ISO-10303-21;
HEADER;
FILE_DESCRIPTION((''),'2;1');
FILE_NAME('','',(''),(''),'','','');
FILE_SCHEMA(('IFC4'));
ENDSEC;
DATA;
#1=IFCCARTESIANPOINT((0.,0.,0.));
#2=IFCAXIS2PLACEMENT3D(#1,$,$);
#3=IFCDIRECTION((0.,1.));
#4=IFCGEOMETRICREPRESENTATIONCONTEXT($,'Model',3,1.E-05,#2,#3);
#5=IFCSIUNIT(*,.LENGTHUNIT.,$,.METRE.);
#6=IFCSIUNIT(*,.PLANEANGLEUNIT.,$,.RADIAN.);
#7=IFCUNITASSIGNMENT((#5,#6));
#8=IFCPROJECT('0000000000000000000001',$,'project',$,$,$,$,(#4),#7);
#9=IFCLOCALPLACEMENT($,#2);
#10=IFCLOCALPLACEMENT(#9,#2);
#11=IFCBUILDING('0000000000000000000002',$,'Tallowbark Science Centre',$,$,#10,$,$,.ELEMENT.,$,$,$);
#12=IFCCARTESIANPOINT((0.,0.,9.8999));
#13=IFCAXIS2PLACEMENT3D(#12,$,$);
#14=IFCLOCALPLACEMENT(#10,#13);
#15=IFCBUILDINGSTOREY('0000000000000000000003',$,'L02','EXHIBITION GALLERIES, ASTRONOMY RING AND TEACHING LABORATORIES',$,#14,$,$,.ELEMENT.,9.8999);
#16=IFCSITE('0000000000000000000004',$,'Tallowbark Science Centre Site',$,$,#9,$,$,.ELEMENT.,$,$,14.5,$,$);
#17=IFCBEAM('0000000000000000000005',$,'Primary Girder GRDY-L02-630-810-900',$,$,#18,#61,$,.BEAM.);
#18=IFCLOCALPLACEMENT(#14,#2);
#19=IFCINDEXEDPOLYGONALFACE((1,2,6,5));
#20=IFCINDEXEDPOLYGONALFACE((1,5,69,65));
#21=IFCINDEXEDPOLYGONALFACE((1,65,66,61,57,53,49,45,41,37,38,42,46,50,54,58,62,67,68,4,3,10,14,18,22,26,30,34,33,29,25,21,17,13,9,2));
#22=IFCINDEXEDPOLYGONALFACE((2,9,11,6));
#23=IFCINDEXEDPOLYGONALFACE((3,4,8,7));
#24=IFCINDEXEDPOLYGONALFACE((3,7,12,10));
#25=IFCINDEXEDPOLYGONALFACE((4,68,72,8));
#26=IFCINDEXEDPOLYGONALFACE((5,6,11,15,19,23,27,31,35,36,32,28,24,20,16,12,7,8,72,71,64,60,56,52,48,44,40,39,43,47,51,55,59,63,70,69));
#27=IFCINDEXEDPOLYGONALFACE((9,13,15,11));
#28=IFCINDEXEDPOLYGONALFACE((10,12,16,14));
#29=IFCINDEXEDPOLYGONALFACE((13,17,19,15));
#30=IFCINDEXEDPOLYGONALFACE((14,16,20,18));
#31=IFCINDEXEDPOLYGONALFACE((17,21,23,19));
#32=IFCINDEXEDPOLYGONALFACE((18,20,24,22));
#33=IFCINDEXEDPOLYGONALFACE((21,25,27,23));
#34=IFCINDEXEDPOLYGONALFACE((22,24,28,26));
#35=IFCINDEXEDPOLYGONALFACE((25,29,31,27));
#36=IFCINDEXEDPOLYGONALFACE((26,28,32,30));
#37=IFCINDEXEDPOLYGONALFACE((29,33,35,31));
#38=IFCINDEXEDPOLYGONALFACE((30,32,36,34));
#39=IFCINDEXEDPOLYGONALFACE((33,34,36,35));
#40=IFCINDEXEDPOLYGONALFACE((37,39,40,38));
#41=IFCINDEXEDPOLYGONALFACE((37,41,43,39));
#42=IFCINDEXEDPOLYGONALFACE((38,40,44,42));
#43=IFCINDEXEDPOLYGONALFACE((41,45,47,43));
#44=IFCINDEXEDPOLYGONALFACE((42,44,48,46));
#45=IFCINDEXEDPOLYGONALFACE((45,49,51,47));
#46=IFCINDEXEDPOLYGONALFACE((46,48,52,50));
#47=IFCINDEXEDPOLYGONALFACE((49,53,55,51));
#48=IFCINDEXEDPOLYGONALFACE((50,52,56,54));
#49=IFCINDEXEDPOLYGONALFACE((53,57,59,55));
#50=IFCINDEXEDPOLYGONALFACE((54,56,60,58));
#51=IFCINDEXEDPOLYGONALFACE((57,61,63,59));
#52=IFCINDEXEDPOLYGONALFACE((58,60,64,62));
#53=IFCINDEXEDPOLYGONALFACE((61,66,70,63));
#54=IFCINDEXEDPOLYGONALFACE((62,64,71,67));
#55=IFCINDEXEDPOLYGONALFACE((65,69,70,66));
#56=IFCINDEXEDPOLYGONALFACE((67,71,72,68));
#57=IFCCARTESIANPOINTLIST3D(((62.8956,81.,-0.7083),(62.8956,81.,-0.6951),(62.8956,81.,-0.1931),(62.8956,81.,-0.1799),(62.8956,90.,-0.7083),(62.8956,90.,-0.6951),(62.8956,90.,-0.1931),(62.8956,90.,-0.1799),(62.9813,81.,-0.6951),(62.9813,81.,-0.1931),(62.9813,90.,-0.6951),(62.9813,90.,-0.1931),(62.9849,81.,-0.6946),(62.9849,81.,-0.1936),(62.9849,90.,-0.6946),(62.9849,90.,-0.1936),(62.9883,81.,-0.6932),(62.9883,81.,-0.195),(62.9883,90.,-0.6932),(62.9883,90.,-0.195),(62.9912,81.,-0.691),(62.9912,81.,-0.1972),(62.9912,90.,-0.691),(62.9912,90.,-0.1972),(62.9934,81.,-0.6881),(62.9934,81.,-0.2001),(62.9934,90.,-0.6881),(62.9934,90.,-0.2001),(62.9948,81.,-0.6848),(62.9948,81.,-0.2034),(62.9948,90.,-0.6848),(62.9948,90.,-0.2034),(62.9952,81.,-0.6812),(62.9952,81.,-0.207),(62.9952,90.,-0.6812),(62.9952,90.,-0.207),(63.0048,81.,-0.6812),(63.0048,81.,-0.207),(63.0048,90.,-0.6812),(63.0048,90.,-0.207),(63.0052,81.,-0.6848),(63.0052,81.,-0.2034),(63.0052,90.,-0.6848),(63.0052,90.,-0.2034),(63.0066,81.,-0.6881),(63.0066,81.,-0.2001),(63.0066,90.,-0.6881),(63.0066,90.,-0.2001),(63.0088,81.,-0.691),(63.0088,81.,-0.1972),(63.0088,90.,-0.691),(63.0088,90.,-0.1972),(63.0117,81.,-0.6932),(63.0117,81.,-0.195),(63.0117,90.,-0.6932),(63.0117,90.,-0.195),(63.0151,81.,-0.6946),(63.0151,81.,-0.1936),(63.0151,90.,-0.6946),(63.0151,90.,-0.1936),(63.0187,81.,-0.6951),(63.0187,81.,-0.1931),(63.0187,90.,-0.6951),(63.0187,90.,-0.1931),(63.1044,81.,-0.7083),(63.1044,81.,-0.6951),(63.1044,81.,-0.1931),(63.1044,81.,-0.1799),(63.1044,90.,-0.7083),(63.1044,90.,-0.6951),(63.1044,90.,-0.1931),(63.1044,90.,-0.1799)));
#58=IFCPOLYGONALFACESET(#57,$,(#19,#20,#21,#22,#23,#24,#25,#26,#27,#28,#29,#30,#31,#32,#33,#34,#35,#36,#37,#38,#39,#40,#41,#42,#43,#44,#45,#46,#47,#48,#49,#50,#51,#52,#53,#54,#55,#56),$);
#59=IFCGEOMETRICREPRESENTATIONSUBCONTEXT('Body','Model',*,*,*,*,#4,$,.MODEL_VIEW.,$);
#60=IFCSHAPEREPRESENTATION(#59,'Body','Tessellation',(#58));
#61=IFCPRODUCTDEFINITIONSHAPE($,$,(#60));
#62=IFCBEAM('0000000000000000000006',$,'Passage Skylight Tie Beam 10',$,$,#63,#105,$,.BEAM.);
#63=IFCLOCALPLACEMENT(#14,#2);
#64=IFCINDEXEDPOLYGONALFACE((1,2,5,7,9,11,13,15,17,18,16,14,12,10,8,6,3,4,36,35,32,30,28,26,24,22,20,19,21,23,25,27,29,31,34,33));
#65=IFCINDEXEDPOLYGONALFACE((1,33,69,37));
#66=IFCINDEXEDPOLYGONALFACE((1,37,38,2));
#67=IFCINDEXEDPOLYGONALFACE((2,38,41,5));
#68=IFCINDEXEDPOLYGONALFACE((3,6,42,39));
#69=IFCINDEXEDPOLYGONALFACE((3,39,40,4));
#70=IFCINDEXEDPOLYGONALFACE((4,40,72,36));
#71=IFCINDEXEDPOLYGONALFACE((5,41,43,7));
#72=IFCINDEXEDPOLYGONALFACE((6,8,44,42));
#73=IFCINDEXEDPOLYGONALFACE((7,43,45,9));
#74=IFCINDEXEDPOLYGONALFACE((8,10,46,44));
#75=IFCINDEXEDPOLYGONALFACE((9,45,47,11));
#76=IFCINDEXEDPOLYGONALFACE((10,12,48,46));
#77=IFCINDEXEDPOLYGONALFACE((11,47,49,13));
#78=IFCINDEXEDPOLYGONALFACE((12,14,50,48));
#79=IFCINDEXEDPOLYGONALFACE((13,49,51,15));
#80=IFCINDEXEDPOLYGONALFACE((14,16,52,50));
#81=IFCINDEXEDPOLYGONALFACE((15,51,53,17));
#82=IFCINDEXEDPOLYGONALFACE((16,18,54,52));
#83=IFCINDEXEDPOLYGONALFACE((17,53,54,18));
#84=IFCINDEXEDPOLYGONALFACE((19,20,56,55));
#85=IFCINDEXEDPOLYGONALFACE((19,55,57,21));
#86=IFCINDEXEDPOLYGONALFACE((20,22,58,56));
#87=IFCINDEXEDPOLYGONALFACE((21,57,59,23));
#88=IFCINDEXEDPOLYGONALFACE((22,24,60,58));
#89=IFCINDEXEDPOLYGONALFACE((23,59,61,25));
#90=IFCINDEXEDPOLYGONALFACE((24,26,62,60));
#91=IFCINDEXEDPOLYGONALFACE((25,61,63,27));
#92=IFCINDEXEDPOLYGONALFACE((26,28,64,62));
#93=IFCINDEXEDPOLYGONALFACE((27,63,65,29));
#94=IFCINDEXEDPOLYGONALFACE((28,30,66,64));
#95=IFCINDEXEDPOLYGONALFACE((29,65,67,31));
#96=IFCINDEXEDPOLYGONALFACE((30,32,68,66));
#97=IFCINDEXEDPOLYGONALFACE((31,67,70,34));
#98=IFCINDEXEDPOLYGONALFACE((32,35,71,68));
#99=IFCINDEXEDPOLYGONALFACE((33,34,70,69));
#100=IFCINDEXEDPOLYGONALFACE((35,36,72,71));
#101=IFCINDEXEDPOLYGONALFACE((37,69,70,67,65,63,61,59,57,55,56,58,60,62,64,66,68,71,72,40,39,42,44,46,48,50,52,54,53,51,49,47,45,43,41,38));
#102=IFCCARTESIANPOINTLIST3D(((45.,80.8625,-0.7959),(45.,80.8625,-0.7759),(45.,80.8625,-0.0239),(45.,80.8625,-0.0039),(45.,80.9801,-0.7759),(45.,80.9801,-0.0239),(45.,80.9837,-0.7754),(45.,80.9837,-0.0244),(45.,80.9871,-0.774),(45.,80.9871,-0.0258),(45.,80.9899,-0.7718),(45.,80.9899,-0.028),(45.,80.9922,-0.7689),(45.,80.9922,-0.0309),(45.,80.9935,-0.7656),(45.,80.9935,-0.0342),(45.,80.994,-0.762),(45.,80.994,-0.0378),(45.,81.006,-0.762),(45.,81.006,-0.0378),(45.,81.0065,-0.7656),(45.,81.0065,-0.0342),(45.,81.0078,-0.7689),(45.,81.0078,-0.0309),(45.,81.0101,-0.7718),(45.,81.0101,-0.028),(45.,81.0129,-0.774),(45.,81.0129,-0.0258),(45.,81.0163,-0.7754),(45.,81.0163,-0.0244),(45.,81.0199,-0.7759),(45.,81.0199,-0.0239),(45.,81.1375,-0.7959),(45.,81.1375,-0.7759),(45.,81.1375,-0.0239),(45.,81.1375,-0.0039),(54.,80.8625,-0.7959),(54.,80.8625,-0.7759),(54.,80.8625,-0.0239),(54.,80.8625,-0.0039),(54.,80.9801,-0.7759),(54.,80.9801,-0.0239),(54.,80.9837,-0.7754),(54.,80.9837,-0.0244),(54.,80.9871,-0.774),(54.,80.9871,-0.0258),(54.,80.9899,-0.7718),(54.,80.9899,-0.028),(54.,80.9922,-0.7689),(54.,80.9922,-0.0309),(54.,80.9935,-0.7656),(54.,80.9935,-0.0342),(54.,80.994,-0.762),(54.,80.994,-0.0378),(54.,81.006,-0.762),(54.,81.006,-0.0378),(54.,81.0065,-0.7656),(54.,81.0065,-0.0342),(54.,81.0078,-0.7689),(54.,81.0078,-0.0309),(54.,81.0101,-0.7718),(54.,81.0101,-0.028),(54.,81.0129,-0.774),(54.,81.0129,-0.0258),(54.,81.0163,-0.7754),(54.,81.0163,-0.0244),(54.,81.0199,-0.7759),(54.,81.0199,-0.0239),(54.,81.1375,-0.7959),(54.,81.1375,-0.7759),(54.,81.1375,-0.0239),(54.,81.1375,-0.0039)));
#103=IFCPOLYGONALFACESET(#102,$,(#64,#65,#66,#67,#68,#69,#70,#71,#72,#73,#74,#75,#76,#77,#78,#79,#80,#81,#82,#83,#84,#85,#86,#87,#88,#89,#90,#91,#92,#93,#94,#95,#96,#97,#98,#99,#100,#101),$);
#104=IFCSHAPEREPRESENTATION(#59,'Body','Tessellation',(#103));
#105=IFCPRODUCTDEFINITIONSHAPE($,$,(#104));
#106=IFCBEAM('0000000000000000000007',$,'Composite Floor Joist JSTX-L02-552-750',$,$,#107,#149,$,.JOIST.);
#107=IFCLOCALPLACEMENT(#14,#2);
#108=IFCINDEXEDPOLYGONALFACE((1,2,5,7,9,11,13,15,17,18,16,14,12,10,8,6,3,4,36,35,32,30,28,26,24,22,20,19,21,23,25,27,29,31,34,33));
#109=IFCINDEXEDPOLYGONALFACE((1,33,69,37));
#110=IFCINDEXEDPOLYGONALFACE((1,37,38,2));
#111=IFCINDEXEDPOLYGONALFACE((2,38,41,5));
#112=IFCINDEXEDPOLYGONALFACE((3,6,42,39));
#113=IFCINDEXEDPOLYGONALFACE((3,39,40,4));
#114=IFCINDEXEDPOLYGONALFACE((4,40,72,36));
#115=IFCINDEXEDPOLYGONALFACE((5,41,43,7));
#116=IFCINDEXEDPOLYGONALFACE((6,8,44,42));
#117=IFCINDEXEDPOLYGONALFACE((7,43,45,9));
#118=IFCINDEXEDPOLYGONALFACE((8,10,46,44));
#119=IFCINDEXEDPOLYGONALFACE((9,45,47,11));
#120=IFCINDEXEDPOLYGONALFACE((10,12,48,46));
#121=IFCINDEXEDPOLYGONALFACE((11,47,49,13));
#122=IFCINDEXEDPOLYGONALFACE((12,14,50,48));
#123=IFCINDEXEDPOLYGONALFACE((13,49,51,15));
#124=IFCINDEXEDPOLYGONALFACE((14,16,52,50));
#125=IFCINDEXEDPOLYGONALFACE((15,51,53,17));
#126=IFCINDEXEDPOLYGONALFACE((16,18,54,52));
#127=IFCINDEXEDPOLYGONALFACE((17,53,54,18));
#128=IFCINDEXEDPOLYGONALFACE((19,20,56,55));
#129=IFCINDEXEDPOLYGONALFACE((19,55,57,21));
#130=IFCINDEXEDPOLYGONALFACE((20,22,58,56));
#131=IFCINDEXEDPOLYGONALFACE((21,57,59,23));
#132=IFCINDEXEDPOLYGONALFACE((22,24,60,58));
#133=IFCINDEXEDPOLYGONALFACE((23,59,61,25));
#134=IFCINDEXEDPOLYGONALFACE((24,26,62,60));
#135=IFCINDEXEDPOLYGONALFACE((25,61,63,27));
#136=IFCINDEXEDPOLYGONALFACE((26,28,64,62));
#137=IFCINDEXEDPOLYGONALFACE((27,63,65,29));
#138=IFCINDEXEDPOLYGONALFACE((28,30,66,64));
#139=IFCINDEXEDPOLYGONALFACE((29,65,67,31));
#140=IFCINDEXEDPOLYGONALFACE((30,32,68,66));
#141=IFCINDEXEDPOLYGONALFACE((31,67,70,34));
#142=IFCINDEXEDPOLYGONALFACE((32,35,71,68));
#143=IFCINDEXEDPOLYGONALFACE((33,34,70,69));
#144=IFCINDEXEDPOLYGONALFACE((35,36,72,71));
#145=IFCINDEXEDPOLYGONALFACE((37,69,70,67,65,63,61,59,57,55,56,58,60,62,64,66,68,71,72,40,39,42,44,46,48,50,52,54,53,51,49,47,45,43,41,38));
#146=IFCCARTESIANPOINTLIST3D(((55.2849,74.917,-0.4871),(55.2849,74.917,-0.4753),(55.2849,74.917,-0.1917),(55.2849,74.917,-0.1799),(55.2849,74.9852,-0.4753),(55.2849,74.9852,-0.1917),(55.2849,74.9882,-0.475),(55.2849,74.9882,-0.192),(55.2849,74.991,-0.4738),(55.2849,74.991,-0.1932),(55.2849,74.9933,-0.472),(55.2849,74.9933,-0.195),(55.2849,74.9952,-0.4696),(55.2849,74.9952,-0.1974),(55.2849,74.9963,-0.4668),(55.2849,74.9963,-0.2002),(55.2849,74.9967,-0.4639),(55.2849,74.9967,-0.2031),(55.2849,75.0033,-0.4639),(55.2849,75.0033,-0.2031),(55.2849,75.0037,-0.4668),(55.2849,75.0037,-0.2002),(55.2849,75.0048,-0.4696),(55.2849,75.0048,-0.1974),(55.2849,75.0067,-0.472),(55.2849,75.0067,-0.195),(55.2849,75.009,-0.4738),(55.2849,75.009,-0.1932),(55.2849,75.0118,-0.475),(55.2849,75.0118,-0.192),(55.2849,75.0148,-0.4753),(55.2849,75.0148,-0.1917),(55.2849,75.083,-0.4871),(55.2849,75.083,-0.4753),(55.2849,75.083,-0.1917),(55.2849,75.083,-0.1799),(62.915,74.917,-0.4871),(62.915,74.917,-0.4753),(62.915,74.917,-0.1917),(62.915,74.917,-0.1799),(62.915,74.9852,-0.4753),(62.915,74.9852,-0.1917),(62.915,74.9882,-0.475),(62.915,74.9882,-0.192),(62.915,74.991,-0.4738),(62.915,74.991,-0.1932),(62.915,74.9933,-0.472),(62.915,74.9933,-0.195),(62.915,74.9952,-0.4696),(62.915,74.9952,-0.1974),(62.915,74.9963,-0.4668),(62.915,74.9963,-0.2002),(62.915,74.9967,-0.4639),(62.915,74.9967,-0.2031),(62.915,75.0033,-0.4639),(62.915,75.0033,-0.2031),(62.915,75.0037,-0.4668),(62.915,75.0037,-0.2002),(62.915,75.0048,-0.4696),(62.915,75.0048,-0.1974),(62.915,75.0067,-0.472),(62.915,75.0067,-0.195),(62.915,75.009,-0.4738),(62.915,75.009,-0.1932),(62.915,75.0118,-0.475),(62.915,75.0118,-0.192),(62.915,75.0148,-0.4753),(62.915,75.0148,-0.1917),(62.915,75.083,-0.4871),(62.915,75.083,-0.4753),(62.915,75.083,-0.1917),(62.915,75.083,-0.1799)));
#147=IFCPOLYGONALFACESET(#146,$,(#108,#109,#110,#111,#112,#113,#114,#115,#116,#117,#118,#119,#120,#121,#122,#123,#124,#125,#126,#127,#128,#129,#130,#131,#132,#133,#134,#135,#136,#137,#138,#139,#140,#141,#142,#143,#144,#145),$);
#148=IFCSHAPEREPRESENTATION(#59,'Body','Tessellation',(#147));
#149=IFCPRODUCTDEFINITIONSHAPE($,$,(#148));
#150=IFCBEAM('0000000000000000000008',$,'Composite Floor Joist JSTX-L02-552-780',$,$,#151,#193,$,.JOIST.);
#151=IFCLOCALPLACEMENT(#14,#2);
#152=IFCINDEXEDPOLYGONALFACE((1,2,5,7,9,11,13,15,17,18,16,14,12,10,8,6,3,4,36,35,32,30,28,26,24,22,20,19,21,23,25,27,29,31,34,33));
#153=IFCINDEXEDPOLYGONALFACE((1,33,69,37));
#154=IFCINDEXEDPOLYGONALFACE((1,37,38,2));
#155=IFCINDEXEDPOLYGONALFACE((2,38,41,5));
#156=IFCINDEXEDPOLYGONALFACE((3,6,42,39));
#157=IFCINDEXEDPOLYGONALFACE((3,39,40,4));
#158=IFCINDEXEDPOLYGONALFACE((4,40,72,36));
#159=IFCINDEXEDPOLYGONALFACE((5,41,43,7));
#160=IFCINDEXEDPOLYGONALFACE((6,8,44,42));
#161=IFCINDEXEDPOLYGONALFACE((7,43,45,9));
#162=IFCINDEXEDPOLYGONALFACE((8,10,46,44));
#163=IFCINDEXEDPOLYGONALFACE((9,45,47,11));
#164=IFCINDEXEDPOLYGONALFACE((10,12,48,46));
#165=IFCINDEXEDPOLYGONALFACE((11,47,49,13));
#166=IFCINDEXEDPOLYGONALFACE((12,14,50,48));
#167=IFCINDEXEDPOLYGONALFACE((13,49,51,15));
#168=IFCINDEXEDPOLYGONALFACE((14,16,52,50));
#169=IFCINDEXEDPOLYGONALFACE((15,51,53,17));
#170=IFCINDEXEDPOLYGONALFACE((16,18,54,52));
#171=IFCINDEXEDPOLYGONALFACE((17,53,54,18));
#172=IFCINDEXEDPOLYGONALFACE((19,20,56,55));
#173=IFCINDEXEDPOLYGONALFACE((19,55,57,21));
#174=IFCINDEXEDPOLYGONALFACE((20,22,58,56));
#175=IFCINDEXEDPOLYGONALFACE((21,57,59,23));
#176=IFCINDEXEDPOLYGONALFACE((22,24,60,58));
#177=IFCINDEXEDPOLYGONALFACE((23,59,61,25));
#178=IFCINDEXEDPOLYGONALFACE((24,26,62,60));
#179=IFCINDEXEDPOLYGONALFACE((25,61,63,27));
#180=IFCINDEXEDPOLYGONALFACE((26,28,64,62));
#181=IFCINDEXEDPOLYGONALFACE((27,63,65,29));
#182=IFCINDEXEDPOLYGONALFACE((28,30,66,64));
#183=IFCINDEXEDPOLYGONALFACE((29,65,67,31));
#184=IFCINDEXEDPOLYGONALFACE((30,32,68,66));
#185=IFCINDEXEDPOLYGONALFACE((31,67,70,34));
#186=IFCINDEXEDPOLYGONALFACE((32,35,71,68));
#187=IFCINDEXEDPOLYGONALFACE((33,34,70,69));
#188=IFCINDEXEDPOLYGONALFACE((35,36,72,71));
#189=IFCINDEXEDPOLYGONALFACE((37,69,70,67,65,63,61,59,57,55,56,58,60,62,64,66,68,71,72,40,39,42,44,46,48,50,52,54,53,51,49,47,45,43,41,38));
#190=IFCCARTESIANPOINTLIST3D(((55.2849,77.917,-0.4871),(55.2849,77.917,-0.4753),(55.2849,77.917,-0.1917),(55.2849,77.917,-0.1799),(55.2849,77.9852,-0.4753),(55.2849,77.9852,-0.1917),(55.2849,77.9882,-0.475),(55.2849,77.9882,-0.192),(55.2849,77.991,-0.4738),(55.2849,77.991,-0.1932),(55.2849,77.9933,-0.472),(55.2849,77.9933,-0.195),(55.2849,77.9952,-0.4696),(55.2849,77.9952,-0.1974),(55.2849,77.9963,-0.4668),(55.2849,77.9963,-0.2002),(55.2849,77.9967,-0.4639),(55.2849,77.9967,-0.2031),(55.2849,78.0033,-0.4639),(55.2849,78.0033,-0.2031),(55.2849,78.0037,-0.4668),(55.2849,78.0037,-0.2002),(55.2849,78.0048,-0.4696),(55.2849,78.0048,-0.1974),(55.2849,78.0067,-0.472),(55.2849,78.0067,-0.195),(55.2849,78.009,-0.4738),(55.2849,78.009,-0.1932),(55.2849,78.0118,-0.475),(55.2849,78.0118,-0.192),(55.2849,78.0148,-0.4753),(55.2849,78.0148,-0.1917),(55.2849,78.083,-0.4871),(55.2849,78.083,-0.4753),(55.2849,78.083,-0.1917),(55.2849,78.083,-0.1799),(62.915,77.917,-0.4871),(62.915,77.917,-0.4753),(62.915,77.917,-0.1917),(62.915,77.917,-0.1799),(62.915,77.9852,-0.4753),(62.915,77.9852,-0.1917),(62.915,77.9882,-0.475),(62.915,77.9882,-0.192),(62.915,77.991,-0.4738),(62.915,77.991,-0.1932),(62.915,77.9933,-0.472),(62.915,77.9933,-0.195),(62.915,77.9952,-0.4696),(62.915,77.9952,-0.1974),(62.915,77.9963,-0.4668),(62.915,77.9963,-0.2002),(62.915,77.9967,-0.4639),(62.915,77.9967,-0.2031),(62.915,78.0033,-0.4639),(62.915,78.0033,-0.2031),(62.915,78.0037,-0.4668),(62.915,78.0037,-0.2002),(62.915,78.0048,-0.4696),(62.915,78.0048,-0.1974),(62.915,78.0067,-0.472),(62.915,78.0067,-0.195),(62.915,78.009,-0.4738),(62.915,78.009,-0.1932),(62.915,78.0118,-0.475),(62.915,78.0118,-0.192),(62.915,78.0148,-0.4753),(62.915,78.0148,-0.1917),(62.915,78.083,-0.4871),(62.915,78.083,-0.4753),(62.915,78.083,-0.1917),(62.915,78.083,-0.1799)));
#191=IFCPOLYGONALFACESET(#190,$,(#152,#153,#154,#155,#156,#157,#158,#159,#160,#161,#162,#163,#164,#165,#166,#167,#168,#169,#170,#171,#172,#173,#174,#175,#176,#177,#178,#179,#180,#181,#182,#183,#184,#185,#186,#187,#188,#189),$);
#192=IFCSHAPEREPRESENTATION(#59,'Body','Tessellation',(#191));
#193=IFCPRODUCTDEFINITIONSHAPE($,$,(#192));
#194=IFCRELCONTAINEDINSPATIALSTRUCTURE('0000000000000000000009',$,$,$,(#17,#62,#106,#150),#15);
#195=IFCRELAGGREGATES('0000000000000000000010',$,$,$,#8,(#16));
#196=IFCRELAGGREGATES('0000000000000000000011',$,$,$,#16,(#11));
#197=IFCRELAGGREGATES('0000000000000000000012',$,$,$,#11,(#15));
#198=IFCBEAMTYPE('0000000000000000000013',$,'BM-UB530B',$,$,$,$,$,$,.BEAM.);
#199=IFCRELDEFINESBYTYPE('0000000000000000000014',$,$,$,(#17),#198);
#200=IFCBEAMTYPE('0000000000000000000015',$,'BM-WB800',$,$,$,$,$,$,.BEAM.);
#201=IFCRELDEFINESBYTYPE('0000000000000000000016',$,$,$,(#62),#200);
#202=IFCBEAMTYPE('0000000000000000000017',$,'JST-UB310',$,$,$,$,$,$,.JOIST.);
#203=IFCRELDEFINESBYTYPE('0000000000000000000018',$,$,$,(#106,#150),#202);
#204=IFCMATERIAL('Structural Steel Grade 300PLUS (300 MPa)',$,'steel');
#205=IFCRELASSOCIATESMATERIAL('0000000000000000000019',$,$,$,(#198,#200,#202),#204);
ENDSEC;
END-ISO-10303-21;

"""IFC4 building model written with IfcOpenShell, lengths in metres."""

from ifc_helpers import new_model, si_unit, direction, frame, origin, origin_2d, place, context, subcontext, project, spatial, i_section, extrude, material, material_profile, profile_set, type_object, element, save


model = new_model("IFC4")

# Units and contexts
model_context = context("Model", 3, precision=1e-05, world=origin(), true_north=direction((0.0, 1.0)))
body_context = subcontext(model_context, "Body", "Model", "MODEL_VIEW")
ifc_project = project(units=[si_unit("LENGTHUNIT", "METRE"), si_unit("PLANEANGLEUNIT", "RADIAN")], contexts=[model_context])

# Site, building, storey
site_placement = place(None, origin())
site = spatial("IfcSite", under=ifc_project, at=site_placement, Name="Tallowbark Science Centre Site", CompositionType="ELEMENT", RefElevation=14.5)
building_placement = place(site_placement, origin())
building = spatial("IfcBuilding", under=site, at=building_placement, Name="Tallowbark Science Centre", CompositionType="ELEMENT")
storey_placement = place(building_placement, frame((0.0, 0.0, 9.8999)))
storey = spatial("IfcBuildingStorey", under=building, at=storey_placement, Name="L02", Description="EXHIBITION GALLERIES, ASTRONOMY RING AND TEACHING LABORATORIES", CompositionType="ELEMENT", Elevation=9.8999)

# Shared definitions
ifc_material_1 = material(Name="Structural Steel Grade 300PLUS (300 MPa)", Category="steel")

# Beams
ifc_material_profile_1 = material_profile(ifc_material_1, i_section(OverallWidth=0.2087, OverallDepth=0.5283, WebThickness=0.0095, FlangeThickness=0.0132, FilletRadius=0.0139, at=origin_2d()), Name="530UB82.0")
ifc_profile_set_1 = profile_set([ifc_material_profile_1], Name="Structural Steel Grade 300PLUS (300 MPa)")
beam_type_1 = type_object("IfcBeamType", Name="BM-UB530B", PredefinedType="BEAM", material=ifc_profile_set_1)
for number, where, z_axis, x_axis, name in (
    (1, (63.0, 81.0, -0.4441), (0.0, 1.0, 0.0), (-1.0, 0.0, 0.0), "Primary Girder GRDY-L02-630-810-900"),
):
    element("IfcBeam", number, at=place(storey_placement, frame(where, z_axis=z_axis, x_axis=x_axis)), inside=storey, type_object=beam_type_1, Name=name, PredefinedType="BEAM", context=body_context, shape_type="SweptSolid", body=[
        extrude(i_section(OverallWidth=0.2087, OverallDepth=0.5283, WebThickness=0.0095, FlangeThickness=0.0132, FilletRadius=0.0139, at=origin_2d()), origin(), (0.0, 0.0, 1.0), 9.0),
    ])
ifc_material_profile_2 = material_profile(ifc_material_1, i_section(OverallWidth=0.2749, OverallDepth=0.792, WebThickness=0.012, FlangeThickness=0.02, FilletRadius=0.0139, at=origin_2d()), Name="800WB146")
ifc_profile_set_2 = profile_set([ifc_material_profile_2], Name="Structural Steel Grade 300PLUS (300 MPa)")
beam_type_2 = type_object("IfcBeamType", Name="BM-WB800", PredefinedType="BEAM", material=ifc_profile_set_2)
beam_1_placement = place(storey_placement, frame((45.0, 81.0, -0.3999), z_axis=(1.0, 0.0, 0.0), x_axis=(0.0, 1.0, 0.0)))
element("IfcBeam", 2, at=beam_1_placement, inside=storey, type_object=beam_type_2, Name="Passage Skylight Tie Beam 10", PredefinedType="BEAM", context=body_context, shape_type="SweptSolid", body=[
    extrude(i_section(OverallWidth=0.2749, OverallDepth=0.792, WebThickness=0.012, FlangeThickness=0.02, FilletRadius=0.0139, at=origin_2d()), origin(), (0.0, 0.0, 1.0), 9.0),
])
ifc_material_profile_3 = material_profile(ifc_material_1, i_section(OverallWidth=0.166, OverallDepth=0.3071, WebThickness=0.0066, FlangeThickness=0.0117, FilletRadius=0.0115, at=origin_2d()), Name="310UB46.2")
ifc_profile_set_3 = profile_set([ifc_material_profile_3], Name="Structural Steel Grade 300PLUS (300 MPa)")
beam_type_3 = type_object("IfcBeamType", Name="JST-UB310", PredefinedType="JOIST", material=ifc_profile_set_3)
for number, where, z_axis, x_axis, name in (
    (3, (55.2849, 75.0, -0.3335), (1.0, 0.0, 0.0), (0.0, 1.0, 0.0), "Composite Floor Joist JSTX-L02-552-750"),
    (4, (55.2849, 78.0, -0.3335), (1.0, 0.0, 0.0), (0.0, 1.0, 0.0), "Composite Floor Joist JSTX-L02-552-780"),
):
    element("IfcBeam", number, at=place(storey_placement, frame(where, z_axis=z_axis, x_axis=x_axis)), inside=storey, type_object=beam_type_3, Name=name, PredefinedType="JOIST", context=body_context, shape_type="SweptSolid", body=[
        extrude(i_section(OverallWidth=0.166, OverallDepth=0.3071, WebThickness=0.0066, FlangeThickness=0.0117, FilletRadius=0.0115, at=origin_2d()), origin(), (0.0, 0.0, 1.0), 7.6301),
    ])

save(model, "model.ifc")
